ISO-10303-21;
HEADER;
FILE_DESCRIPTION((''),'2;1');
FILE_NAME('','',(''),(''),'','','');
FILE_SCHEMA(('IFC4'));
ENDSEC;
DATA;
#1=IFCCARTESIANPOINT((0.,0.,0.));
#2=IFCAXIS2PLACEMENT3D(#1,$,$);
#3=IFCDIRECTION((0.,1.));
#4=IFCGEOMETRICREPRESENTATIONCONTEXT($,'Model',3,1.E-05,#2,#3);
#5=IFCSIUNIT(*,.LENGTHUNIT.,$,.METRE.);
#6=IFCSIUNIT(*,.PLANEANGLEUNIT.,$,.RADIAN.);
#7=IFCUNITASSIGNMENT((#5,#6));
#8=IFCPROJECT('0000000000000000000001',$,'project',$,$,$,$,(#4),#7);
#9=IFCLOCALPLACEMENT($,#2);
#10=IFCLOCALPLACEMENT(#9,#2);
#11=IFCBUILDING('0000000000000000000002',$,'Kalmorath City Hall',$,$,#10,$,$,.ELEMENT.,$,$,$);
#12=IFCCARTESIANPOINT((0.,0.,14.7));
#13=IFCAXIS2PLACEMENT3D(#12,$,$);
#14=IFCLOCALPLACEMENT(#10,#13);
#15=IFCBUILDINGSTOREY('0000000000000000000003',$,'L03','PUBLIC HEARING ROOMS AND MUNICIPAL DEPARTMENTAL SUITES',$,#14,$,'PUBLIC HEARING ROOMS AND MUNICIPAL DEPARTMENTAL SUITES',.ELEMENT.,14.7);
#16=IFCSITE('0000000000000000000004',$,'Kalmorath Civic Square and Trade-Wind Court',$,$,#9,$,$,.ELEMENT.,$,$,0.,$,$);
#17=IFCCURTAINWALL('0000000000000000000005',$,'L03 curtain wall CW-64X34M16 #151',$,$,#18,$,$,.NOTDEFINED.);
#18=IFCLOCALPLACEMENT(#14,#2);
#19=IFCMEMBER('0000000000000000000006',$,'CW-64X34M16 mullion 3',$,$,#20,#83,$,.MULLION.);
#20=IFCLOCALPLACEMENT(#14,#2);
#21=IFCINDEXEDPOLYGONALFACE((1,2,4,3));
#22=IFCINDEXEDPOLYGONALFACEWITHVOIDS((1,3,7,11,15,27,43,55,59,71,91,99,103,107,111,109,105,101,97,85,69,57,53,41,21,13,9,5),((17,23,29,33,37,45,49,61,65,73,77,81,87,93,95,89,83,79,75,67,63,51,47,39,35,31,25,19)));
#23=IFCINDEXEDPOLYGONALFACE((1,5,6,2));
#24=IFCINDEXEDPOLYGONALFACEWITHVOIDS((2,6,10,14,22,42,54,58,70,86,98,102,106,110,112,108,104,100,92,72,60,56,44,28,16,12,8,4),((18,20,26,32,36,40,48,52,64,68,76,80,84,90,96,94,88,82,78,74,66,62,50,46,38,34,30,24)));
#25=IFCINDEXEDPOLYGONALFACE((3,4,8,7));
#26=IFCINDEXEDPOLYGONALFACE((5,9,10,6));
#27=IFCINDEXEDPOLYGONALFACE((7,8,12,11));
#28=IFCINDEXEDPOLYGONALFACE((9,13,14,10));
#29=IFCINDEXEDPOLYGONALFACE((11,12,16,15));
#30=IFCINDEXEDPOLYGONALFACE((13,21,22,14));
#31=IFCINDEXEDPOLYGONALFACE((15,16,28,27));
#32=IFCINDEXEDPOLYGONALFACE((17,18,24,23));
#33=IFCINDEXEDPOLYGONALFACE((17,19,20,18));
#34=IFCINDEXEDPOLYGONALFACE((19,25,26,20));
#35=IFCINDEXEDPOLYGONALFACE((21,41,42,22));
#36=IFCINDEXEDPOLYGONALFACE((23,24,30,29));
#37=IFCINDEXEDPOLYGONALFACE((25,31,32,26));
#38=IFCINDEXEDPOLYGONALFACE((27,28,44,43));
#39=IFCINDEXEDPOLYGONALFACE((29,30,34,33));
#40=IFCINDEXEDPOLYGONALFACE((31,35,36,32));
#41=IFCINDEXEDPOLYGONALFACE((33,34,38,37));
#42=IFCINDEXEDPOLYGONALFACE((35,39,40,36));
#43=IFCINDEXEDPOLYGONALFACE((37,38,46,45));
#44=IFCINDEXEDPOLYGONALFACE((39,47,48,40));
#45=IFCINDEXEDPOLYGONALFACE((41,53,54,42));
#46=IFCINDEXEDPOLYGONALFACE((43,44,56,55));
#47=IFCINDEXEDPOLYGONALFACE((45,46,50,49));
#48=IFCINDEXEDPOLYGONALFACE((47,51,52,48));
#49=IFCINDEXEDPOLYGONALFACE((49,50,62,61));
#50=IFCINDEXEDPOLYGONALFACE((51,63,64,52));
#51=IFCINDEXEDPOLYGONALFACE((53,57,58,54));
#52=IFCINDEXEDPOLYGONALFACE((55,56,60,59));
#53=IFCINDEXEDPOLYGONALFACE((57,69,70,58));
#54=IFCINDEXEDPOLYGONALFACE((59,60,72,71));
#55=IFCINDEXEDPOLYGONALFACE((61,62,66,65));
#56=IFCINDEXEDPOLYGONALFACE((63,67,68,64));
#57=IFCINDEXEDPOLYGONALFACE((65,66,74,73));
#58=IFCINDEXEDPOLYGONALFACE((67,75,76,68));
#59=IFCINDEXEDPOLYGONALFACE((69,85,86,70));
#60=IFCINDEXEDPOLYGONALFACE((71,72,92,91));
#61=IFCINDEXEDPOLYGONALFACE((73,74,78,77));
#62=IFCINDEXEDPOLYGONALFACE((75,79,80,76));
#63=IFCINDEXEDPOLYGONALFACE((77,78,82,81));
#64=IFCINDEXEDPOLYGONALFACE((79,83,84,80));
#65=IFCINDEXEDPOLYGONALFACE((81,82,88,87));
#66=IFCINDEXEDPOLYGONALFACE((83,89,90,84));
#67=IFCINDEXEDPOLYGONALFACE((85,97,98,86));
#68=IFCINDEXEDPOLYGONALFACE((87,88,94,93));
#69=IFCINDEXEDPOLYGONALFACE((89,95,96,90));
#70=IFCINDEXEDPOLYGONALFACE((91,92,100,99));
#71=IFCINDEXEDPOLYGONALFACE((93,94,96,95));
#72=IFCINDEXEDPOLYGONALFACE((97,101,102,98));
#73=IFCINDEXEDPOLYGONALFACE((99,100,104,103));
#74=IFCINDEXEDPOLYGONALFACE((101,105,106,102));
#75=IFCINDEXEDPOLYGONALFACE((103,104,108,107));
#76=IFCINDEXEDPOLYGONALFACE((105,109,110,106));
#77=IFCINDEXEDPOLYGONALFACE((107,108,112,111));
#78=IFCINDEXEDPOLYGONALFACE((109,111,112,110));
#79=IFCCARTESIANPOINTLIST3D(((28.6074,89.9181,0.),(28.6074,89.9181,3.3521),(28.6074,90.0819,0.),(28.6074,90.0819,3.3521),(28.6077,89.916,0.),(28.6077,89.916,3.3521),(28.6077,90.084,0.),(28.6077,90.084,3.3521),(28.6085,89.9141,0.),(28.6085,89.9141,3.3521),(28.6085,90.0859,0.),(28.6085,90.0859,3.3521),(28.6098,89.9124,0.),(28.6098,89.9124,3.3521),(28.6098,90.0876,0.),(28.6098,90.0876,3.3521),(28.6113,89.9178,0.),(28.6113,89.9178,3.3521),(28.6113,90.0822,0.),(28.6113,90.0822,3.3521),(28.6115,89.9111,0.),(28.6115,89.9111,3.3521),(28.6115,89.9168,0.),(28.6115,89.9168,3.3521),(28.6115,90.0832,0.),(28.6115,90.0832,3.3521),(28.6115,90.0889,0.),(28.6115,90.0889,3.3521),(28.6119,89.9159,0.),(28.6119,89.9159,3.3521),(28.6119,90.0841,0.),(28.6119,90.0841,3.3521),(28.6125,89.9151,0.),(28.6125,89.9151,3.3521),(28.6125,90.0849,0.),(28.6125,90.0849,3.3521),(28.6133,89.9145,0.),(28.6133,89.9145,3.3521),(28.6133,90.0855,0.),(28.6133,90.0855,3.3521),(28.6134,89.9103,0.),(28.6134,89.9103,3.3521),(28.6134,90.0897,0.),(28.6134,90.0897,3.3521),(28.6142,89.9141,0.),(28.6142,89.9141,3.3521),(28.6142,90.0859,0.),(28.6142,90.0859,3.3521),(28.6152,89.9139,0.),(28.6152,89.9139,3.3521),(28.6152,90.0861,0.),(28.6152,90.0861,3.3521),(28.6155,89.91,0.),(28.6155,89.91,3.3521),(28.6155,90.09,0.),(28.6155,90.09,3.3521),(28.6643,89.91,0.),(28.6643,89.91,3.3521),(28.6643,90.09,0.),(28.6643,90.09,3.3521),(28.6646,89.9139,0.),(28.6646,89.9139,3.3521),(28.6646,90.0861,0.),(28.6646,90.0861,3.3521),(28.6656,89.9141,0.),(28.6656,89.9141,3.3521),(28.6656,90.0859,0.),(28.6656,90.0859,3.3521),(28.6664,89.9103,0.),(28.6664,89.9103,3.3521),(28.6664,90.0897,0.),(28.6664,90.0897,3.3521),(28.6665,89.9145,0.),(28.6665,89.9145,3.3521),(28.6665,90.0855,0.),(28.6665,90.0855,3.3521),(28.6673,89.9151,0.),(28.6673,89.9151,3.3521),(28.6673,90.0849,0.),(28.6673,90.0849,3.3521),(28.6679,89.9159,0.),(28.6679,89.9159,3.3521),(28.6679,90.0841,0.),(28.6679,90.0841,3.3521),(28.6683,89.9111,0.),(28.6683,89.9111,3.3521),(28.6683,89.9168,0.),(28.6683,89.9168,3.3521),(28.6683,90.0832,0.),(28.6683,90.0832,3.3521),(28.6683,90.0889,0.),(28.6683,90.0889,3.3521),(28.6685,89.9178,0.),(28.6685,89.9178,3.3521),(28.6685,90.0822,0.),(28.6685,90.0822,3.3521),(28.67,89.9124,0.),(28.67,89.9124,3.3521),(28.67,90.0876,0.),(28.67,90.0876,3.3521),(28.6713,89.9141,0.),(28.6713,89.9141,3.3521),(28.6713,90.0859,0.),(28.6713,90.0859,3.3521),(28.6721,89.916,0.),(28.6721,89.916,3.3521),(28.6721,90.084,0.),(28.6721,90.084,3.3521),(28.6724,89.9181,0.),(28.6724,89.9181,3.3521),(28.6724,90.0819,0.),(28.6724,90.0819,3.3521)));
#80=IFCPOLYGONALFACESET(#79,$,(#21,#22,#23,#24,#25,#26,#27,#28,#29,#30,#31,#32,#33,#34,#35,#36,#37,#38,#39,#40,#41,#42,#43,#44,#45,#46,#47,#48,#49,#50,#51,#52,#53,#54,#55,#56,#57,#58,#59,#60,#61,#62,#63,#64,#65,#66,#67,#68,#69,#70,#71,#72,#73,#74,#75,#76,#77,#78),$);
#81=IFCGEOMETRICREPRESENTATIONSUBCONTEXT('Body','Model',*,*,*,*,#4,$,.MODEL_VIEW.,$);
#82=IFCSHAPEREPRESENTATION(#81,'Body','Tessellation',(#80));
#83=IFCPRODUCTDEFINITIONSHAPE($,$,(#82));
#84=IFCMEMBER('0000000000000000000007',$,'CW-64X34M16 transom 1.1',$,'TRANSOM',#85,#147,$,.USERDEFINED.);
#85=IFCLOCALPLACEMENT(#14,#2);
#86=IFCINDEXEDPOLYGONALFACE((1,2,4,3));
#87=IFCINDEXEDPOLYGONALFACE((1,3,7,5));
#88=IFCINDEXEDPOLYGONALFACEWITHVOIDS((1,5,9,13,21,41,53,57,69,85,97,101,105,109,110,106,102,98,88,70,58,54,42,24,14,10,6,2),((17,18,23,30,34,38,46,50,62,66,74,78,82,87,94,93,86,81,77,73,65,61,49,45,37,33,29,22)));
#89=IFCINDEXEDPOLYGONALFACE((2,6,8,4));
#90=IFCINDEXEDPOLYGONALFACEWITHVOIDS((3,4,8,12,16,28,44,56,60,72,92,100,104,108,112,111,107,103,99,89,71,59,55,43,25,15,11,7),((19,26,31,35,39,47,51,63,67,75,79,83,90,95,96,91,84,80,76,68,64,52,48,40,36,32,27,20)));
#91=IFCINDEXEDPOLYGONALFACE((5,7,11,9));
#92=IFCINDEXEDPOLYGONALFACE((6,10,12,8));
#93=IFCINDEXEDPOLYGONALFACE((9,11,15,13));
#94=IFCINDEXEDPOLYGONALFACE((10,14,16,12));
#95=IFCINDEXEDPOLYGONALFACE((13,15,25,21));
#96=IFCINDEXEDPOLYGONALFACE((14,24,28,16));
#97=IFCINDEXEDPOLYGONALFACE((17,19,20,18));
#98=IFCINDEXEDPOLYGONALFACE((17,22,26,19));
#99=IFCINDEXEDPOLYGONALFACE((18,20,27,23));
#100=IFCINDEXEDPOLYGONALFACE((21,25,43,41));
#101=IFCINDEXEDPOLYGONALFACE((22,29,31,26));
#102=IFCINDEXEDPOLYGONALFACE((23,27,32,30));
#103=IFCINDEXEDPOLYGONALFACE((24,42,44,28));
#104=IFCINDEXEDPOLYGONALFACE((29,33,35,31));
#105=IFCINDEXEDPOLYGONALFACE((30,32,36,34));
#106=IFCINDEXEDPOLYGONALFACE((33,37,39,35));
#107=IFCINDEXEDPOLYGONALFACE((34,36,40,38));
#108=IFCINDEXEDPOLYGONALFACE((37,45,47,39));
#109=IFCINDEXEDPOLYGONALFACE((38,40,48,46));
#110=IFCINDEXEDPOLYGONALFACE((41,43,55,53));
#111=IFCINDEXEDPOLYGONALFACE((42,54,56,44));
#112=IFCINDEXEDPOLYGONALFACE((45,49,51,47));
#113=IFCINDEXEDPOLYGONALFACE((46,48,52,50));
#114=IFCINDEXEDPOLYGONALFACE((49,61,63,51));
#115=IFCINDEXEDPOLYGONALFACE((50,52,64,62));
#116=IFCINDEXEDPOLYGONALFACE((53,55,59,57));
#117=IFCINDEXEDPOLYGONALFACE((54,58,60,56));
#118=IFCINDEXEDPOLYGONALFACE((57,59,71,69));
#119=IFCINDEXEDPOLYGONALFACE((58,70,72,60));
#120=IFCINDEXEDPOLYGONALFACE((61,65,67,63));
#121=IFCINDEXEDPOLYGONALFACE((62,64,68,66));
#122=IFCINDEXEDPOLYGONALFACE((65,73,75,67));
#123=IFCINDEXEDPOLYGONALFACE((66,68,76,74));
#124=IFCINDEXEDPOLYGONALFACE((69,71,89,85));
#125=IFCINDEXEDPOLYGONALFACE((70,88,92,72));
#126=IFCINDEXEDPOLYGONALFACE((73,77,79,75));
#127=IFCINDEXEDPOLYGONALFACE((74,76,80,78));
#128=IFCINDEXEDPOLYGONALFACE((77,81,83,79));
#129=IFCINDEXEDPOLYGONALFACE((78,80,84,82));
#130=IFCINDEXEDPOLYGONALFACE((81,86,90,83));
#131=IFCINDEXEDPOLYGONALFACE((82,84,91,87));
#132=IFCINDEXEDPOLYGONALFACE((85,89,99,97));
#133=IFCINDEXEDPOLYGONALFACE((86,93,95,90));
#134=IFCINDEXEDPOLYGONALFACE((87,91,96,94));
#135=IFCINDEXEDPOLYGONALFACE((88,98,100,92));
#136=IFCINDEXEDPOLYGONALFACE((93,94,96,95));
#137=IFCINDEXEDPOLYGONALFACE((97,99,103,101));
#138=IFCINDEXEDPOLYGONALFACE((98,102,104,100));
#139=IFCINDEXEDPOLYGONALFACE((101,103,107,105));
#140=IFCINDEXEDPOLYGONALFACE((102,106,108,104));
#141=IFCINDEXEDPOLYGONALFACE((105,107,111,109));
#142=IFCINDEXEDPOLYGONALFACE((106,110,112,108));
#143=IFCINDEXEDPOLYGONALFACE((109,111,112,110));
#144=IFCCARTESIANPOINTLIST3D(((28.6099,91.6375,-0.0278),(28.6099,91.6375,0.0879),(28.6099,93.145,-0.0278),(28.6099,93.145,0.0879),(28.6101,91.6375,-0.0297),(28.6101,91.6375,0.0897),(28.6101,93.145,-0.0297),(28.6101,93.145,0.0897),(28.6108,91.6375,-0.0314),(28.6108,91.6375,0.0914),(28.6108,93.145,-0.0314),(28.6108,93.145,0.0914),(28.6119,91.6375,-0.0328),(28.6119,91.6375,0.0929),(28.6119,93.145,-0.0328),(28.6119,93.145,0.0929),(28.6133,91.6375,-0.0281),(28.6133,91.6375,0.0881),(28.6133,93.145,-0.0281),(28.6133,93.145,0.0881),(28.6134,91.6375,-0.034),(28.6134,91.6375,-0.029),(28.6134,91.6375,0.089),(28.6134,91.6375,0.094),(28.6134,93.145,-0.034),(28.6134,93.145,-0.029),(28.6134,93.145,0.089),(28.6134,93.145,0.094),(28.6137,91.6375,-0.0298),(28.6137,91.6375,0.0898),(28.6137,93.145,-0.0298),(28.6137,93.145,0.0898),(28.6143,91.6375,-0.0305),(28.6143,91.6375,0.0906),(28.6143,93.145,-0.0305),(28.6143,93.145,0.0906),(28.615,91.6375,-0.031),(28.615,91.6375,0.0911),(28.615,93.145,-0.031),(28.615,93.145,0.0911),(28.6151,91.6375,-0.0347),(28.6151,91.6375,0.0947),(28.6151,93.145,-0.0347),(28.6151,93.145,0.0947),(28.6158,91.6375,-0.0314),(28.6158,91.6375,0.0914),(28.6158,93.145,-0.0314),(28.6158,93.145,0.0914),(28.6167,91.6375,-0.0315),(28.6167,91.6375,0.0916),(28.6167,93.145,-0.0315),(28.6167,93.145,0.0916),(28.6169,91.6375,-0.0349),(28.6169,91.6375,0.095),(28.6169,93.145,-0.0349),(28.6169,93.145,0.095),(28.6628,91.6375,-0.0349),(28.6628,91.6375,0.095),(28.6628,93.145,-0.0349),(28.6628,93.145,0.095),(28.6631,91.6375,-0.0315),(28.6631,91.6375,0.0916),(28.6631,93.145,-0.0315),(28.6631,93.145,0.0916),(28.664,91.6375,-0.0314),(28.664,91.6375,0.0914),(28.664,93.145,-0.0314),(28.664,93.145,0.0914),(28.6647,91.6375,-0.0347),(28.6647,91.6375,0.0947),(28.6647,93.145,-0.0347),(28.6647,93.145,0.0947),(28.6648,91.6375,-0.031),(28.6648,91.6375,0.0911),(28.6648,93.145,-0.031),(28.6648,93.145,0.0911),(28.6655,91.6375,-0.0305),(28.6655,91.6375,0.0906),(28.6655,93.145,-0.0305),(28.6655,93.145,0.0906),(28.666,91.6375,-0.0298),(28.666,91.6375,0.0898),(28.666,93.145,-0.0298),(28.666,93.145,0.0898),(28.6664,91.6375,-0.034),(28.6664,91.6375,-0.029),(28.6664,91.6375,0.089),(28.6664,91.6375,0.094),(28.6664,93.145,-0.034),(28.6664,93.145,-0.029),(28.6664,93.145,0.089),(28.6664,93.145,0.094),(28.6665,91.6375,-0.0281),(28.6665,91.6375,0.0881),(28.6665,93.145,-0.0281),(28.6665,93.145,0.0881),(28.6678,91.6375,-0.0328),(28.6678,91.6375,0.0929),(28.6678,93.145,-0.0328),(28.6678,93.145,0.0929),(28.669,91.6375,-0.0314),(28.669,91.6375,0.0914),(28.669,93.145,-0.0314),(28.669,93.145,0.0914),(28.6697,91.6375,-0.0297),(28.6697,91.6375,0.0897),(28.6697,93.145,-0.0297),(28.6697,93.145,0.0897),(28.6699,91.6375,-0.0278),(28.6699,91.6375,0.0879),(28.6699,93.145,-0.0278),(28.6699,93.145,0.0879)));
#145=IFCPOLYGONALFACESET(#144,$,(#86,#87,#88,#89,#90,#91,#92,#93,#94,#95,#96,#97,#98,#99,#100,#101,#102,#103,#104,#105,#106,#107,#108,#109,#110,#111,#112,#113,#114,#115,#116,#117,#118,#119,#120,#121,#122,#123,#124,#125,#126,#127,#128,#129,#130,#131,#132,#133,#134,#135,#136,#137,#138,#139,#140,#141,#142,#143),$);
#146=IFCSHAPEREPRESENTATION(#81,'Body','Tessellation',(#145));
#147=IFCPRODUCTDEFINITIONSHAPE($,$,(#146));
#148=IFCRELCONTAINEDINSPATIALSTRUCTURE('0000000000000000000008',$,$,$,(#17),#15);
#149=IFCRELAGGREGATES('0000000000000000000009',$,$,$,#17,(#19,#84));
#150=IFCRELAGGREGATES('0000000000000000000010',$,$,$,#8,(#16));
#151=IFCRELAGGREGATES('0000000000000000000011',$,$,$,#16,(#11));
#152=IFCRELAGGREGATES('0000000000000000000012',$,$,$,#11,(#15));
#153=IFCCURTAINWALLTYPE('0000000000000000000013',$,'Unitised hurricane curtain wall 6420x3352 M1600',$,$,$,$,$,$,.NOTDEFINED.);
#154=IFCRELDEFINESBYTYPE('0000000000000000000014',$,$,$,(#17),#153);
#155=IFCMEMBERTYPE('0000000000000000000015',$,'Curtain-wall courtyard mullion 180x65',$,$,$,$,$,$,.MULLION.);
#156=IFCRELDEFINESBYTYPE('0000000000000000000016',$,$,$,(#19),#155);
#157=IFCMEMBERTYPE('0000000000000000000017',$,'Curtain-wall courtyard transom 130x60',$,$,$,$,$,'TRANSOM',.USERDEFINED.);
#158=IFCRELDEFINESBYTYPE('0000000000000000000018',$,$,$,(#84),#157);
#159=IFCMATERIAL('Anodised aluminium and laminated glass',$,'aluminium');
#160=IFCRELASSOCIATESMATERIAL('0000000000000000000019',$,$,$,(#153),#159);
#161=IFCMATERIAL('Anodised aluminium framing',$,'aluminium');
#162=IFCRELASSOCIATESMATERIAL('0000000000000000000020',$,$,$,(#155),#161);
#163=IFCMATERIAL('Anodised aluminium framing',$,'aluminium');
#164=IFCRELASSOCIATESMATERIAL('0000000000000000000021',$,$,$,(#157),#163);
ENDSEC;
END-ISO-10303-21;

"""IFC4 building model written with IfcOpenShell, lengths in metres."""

from ifc_helpers import new_model, si_unit, direction, frame, origin, origin_2d, place, context, subcontext, project, spatial, hollow_rectangle, extrude, material, material_profile, profile_set, type_object, element, aggregate, save


model = new_model("IFC4")

# Units and contexts
model_context = context("Model", 3, precision=1e-05, world=origin(), true_north=direction((0.0, 1.0)))
body_context = subcontext(model_context, "Body", "Model", "MODEL_VIEW")
ifc_project = project(units=[si_unit("LENGTHUNIT", "METRE"), si_unit("PLANEANGLEUNIT", "RADIAN")], contexts=[model_context])

# Site, building, storey
site_placement = place(None, origin())
site = spatial("IfcSite", under=ifc_project, at=site_placement, Name="Kalmorath Civic Square and Trade-Wind Court", CompositionType="ELEMENT", RefElevation=0.0)
building_placement = place(site_placement, origin())
building = spatial("IfcBuilding", under=site, at=building_placement, Name="Kalmorath City Hall", CompositionType="ELEMENT")
storey_placement = place(building_placement, frame((0.0, 0.0, 14.7)))
storey = spatial("IfcBuildingStorey", under=building, at=storey_placement, Name="L03", Description="PUBLIC HEARING ROOMS AND MUNICIPAL DEPARTMENTAL SUITES", LongName="PUBLIC HEARING ROOMS AND MUNICIPAL DEPARTMENTAL SUITES", CompositionType="ELEMENT", Elevation=14.7)

# Curtain wall, members
ifc_material_1 = material(Name="Anodised aluminium and laminated glass", Category="aluminium")
curtain_wall_type = type_object("IfcCurtainWallType", Name="Unitised hurricane curtain wall 6420x3352 M1600", PredefinedType="NOTDEFINED", material=ifc_material_1)
curtain_wall_placement = place(storey_placement, origin())
curtain_wall = element("IfcCurtainWall", 1, at=curtain_wall_placement, inside=storey, type_object=curtain_wall_type, Name="L03 curtain wall CW-64X34M16 #151", PredefinedType="NOTDEFINED")
ifc_material_2 = material(Name="Anodised aluminium framing", Category="aluminium")
ifc_material_profile_1 = material_profile(ifc_material_2, hollow_rectangle(XDim=0.0649, YDim=0.1799, WallThickness=0.0039, InnerFilletRadius=0.0039, OuterFilletRadius=0.0081, at=origin_2d()), Name="ALU-MUL-180X65X4")
ifc_profile_set_1 = profile_set([ifc_material_profile_1], Name="Anodised aluminium framing")
member_type_1 = type_object("IfcMemberType", Name="Curtain-wall courtyard mullion 180x65", PredefinedType="MULLION", material=ifc_profile_set_1)
member_1_placement = place(storey_placement, frame((28.6399, 90.0, 0.0), z_axis=(0.0, 0.0, 1.0), x_axis=(1.0, 0.0, 0.0)))
member_1 = element("IfcMember", 2, at=member_1_placement, type_object=member_type_1, Name="CW-64X34M16 mullion 3", PredefinedType="MULLION", context=body_context, shape_type="SweptSolid", body=[
    extrude(hollow_rectangle(XDim=0.0649, YDim=0.1799, WallThickness=0.0039, InnerFilletRadius=0.0039, OuterFilletRadius=0.0081, at=origin_2d()), origin(), (0.0, 0.0, 1.0), 3.3521),
])
ifc_material_3 = material(Name="Anodised aluminium framing", Category="aluminium")
ifc_material_profile_2 = material_profile(ifc_material_3, hollow_rectangle(XDim=0.0601, YDim=0.1299, WallThickness=0.0034, InnerFilletRadius=0.0034, OuterFilletRadius=0.0071, at=origin_2d()), Name="ALU-TRN-130X60X3.5")
ifc_profile_set_2 = profile_set([ifc_material_profile_2], Name="Anodised aluminium framing")
member_type_2 = type_object("IfcMemberType", Name="Curtain-wall courtyard transom 130x60", ElementType="TRANSOM", PredefinedType="USERDEFINED", material=ifc_profile_set_2)
member_2_placement = place(storey_placement, frame((28.6399, 93.145, 0.03), z_axis=(0.0, -1.0, 0.0), x_axis=(1.0, 0.0, 0.0)))
member_2 = element("IfcMember", 3, at=member_2_placement, type_object=member_type_2, Name="CW-64X34M16 transom 1.1", ObjectType="TRANSOM", PredefinedType="USERDEFINED", context=body_context, shape_type="SweptSolid", body=[
    extrude(hollow_rectangle(XDim=0.0601, YDim=0.1299, WallThickness=0.0034, InnerFilletRadius=0.0034, OuterFilletRadius=0.0071, at=origin_2d()), origin(), (0.0, 0.0, 1.0), 1.5076),
])

aggregate(curtain_wall, [member_1, member_2])

save(model, "model.ifc")
